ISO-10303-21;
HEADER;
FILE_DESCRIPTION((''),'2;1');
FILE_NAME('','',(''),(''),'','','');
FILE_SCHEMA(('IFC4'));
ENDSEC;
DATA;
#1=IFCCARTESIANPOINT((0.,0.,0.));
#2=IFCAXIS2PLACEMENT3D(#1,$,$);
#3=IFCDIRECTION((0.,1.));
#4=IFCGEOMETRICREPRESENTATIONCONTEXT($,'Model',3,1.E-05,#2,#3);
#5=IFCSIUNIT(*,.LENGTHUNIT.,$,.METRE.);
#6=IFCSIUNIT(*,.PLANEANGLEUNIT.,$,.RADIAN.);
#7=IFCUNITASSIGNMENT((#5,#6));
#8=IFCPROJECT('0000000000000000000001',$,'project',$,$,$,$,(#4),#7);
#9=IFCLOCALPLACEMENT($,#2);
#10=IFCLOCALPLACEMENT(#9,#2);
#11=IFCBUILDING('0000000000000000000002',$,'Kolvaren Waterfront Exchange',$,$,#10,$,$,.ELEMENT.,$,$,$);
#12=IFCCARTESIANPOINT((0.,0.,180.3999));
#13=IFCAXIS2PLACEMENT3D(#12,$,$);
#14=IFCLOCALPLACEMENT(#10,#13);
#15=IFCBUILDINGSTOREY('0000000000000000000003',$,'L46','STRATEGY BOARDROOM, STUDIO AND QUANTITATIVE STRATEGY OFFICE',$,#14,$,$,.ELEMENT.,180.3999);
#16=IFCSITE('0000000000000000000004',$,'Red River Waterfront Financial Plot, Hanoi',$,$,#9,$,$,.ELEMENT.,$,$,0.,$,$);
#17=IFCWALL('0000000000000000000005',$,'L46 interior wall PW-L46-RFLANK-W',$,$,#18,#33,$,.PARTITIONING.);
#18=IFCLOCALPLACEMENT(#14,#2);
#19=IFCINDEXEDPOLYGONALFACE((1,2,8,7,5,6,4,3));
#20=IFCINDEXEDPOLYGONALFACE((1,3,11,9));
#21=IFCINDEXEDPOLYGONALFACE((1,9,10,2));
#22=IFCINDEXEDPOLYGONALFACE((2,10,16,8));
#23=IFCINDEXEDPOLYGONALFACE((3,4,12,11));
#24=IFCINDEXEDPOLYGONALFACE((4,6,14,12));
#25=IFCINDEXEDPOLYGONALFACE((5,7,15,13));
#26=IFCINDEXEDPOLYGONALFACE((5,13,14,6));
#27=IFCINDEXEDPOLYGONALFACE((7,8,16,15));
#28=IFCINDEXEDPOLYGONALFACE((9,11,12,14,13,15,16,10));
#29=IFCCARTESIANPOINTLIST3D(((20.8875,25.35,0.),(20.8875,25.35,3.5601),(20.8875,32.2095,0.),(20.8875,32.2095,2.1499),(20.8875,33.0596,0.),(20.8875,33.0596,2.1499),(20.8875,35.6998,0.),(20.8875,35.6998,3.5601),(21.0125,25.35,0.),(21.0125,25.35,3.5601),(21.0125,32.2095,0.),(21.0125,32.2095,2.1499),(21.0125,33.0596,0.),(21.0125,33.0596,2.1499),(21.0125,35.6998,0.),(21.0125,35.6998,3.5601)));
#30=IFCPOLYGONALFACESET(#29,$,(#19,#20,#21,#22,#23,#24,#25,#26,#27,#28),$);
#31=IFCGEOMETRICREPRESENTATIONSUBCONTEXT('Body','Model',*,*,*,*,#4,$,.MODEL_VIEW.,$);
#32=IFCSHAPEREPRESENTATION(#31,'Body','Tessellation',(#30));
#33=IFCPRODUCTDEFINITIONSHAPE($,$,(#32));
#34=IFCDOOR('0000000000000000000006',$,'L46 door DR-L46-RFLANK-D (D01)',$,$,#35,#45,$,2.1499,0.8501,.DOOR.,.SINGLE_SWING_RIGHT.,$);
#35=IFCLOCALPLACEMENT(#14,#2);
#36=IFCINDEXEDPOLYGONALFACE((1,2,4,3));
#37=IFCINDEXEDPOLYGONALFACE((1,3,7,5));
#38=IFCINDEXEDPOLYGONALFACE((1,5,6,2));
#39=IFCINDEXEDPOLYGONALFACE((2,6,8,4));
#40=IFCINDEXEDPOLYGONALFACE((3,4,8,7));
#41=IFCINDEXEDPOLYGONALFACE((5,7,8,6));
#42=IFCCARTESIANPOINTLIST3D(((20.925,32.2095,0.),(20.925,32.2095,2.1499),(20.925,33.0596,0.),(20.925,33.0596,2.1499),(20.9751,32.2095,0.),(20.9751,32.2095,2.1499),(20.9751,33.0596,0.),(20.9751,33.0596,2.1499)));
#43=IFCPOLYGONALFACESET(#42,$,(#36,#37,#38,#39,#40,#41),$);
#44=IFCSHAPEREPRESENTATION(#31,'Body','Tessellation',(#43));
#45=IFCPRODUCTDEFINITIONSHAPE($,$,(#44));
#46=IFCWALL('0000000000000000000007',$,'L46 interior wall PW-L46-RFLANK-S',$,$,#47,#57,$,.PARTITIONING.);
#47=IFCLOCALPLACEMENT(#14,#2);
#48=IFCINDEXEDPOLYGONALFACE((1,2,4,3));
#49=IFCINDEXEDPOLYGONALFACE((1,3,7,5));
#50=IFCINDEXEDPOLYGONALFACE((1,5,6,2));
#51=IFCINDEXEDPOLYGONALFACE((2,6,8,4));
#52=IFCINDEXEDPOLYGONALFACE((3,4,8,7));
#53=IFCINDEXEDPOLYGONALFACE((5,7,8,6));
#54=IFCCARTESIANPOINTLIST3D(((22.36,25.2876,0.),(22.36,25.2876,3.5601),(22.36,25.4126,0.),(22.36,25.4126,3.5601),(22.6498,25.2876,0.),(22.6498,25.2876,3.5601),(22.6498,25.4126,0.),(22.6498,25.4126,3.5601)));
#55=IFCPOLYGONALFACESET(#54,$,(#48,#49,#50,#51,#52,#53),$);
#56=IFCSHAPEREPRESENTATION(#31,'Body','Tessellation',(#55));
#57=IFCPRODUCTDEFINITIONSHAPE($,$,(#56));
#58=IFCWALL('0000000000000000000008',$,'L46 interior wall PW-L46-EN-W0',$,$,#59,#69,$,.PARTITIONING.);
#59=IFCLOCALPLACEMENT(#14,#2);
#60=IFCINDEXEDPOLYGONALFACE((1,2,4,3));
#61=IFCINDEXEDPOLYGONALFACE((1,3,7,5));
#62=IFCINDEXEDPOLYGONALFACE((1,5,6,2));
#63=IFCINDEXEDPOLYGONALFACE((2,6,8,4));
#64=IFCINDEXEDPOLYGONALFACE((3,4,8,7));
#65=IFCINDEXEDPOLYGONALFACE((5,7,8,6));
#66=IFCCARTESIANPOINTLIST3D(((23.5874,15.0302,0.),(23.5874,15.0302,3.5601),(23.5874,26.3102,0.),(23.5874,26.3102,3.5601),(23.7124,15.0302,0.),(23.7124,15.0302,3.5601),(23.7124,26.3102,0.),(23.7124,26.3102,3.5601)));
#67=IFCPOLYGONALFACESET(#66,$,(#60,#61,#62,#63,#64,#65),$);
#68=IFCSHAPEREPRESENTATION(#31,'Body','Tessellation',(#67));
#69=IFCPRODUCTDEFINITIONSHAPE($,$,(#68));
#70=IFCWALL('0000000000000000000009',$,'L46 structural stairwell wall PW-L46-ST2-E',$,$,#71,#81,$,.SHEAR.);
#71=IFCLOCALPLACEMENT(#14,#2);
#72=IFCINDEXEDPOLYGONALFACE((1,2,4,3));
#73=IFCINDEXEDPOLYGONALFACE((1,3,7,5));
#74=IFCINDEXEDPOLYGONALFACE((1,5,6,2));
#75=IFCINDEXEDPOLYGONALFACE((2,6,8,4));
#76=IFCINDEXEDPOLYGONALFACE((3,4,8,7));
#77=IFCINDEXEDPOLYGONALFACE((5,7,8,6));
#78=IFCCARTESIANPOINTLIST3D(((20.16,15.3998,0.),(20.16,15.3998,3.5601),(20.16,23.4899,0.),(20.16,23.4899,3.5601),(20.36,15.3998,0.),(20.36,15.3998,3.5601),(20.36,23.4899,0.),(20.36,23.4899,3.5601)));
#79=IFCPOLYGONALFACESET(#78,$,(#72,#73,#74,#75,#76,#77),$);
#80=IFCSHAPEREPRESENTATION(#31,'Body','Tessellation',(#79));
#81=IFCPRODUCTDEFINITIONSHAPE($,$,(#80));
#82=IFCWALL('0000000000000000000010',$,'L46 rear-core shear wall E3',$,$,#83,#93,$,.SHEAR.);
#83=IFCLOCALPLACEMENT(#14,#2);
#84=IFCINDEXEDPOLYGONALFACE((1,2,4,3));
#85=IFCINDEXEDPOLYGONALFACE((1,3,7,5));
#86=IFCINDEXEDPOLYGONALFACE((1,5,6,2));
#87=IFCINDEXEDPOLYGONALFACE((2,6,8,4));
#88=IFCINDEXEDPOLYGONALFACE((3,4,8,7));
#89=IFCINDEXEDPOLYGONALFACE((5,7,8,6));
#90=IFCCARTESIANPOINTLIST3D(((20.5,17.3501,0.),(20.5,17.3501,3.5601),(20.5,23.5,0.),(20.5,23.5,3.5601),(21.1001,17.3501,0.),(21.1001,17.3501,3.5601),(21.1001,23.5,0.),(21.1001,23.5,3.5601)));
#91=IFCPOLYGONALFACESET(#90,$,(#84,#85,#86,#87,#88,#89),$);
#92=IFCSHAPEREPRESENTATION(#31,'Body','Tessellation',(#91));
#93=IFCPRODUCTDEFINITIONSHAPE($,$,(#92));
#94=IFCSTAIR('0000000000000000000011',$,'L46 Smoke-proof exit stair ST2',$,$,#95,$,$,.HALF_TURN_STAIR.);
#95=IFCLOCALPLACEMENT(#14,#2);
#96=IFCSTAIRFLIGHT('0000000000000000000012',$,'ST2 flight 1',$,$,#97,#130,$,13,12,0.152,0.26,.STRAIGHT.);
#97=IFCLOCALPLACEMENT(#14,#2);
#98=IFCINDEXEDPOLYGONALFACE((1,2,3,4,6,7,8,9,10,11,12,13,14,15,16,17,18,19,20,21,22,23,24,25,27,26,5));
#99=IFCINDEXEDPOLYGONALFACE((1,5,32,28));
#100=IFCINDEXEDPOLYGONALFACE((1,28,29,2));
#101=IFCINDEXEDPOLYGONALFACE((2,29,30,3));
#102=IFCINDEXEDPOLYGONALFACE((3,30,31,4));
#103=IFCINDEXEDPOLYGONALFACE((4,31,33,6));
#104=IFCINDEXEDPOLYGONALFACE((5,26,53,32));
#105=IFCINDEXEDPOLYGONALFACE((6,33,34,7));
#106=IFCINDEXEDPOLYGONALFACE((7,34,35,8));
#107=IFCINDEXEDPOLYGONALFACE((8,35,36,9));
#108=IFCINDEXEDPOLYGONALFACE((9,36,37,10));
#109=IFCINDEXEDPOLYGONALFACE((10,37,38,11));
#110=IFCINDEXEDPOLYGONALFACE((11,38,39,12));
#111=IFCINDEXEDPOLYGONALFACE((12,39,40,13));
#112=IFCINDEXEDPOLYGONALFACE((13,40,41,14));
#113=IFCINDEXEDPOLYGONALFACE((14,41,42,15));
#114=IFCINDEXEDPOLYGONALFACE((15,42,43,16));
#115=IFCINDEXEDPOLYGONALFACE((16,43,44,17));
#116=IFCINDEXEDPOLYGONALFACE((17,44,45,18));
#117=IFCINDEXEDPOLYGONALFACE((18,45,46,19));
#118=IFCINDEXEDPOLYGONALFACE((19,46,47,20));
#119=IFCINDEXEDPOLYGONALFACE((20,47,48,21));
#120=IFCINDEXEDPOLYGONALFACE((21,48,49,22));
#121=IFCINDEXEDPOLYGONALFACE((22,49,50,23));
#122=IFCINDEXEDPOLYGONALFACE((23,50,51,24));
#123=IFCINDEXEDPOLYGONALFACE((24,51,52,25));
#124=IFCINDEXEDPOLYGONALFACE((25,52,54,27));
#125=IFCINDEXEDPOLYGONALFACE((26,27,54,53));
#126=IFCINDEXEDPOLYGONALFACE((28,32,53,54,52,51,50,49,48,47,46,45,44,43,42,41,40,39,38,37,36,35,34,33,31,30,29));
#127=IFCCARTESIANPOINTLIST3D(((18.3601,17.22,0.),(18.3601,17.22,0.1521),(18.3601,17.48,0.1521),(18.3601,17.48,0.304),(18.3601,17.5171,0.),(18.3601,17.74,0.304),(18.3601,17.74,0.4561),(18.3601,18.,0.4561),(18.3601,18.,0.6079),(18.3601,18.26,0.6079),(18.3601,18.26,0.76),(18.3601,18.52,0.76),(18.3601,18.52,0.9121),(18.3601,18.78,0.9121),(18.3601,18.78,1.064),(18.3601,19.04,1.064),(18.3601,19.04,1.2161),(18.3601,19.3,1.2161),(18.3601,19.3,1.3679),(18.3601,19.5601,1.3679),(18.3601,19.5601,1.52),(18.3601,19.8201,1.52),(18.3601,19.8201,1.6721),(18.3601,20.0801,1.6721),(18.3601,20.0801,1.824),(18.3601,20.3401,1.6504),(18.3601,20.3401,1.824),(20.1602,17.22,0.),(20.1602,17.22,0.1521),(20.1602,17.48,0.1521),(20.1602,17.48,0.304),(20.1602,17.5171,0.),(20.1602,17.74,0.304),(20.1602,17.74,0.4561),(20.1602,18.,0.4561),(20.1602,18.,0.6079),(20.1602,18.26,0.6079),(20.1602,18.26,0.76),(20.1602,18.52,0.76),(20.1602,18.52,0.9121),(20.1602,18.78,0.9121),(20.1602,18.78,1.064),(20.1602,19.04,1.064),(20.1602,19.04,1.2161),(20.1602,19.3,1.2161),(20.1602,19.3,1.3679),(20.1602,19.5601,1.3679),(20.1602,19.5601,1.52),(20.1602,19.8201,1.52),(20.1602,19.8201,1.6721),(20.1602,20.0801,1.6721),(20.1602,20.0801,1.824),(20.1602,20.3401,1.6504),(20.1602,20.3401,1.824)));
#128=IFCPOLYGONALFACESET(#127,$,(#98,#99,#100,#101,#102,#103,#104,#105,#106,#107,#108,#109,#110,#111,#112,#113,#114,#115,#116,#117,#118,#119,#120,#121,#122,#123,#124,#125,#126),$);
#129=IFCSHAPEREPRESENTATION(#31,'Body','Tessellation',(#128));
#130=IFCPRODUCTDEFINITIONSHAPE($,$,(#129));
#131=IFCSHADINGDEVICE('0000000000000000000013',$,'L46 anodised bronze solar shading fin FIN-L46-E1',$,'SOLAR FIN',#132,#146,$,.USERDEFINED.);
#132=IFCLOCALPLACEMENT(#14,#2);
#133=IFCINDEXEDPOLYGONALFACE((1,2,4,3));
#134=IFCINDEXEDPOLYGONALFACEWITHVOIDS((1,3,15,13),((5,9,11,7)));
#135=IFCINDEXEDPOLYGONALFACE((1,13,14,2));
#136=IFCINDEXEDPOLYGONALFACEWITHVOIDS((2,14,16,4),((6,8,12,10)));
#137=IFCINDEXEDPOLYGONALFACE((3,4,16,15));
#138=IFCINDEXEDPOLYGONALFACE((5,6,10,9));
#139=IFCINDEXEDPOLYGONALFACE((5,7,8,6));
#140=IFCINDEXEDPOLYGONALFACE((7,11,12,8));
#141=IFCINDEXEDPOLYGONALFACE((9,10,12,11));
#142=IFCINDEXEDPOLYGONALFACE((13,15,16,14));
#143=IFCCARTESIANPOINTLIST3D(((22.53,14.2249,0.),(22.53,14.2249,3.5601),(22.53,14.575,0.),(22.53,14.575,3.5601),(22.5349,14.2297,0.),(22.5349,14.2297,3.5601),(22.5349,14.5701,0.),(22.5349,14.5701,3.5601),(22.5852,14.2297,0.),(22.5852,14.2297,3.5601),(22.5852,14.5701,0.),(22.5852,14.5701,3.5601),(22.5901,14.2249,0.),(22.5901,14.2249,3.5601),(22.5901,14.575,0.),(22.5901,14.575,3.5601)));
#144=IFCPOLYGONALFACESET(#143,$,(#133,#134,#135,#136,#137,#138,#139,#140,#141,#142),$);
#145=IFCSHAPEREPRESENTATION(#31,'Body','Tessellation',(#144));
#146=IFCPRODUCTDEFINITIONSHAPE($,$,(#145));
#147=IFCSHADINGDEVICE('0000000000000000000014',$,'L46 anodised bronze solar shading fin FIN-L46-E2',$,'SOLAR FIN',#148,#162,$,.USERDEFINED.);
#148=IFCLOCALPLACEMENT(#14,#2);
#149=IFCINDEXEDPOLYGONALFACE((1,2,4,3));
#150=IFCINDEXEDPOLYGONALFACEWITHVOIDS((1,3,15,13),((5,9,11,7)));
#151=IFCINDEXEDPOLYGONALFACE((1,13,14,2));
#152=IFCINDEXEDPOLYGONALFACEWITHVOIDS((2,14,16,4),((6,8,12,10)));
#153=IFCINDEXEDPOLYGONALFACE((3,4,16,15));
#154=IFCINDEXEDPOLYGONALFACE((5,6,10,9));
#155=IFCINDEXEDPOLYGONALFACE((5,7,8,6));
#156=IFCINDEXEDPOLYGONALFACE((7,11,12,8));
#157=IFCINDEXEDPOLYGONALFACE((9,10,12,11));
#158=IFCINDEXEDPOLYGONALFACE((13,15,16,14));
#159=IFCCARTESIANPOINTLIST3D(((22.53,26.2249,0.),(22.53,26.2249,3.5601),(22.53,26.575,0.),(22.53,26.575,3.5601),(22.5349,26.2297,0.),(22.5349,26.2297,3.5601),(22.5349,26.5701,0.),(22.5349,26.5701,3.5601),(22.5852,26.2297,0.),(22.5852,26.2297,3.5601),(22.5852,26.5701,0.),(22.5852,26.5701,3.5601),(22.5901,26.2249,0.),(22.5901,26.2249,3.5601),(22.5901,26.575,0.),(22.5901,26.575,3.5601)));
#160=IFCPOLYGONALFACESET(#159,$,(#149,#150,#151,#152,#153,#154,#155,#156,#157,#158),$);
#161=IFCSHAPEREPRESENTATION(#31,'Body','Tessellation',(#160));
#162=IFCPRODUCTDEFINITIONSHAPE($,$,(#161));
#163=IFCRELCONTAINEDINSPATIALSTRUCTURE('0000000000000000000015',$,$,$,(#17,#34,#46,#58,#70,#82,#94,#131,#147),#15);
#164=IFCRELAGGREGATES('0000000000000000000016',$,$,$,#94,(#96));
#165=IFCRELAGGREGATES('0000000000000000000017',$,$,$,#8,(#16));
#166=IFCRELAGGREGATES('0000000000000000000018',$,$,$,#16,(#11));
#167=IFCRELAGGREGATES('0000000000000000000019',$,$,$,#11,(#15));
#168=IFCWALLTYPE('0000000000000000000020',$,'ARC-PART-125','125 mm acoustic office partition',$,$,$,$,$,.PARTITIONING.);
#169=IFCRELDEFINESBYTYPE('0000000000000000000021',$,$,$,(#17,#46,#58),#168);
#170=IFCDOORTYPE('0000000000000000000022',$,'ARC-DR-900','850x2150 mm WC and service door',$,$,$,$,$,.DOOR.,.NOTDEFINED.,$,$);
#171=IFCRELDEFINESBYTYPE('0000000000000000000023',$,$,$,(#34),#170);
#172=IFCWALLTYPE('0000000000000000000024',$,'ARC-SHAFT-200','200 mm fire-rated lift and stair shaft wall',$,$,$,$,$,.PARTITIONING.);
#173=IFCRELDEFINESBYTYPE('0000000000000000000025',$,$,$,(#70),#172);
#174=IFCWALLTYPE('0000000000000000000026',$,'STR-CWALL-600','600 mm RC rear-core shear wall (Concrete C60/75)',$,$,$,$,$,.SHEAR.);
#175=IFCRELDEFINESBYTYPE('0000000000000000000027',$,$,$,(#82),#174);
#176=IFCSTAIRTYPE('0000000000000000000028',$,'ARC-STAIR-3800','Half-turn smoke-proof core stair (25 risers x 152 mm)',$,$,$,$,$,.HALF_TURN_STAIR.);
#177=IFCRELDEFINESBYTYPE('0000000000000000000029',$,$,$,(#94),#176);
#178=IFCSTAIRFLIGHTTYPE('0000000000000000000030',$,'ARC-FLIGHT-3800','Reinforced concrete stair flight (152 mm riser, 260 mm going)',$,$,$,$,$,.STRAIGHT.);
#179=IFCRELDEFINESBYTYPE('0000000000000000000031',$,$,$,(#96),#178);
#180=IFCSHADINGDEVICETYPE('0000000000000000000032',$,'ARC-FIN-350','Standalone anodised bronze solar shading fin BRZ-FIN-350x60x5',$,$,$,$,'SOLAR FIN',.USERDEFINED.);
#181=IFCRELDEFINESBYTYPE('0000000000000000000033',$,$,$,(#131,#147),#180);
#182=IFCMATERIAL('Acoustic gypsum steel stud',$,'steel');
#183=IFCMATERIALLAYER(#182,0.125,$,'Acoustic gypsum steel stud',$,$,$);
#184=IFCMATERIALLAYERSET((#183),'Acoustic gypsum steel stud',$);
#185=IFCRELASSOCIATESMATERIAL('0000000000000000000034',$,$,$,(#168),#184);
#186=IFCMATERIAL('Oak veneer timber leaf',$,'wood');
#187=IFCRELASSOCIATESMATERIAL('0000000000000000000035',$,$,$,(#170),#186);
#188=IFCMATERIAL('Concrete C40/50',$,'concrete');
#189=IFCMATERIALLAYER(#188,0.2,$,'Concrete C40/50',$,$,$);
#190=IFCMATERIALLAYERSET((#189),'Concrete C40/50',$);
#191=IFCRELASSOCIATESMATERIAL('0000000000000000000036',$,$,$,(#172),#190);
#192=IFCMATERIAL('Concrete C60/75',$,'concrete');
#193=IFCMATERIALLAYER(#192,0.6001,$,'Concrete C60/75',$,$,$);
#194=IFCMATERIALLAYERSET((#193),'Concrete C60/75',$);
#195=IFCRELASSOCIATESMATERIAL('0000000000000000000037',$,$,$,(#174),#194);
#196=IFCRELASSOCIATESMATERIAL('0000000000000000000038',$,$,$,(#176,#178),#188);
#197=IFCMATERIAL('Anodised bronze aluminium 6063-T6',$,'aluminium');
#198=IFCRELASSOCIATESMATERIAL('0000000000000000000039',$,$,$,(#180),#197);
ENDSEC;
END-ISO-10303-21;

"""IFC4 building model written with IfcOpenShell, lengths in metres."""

from ifc_helpers import new_model, si_unit, direction, frame, frame_2d, origin, origin_2d, place, context, subcontext, project, spatial, polyline, rectangle, hollow_rectangle, outline, extrude, material, layer, layer_set, material_profile, profile_set, type_object, element, fill, aggregate, save


model = new_model("IFC4")

# Units and contexts
model_context = context("Model", 3, precision=1e-05, world=origin(), true_north=direction((0.0, 1.0)))
body_context = subcontext(model_context, "Body", "Model", "MODEL_VIEW")
ifc_project = project(units=[si_unit("LENGTHUNIT", "METRE"), si_unit("PLANEANGLEUNIT", "RADIAN")], contexts=[model_context])

# Site, building, storey
site_placement = place(None, origin())
site = spatial("IfcSite", under=ifc_project, at=site_placement, Name="Red River Waterfront Financial Plot, Hanoi", CompositionType="ELEMENT", RefElevation=0.0)
building_placement = place(site_placement, origin())
building = spatial("IfcBuilding", under=site, at=building_placement, Name="Kolvaren Waterfront Exchange", CompositionType="ELEMENT")
storey_placement = place(building_placement, frame((0.0, 0.0, 180.3999)))
storey = spatial("IfcBuildingStorey", under=building, at=storey_placement, Name="L46", Description="STRATEGY BOARDROOM, STUDIO AND QUANTITATIVE STRATEGY OFFICE", CompositionType="ELEMENT", Elevation=180.3999)

# Shared definitions
ifc_material_1 = material(Name="Concrete C60/75", Category="concrete")

# Shared definitions
ifc_material_2 = material(Name="Anodised bronze aluminium 6063-T6", Category="aluminium")

# Wall, opening, door
ifc_material_3 = material(Name="Acoustic gypsum steel stud", Category="steel")
ifc_layer_1 = layer(ifc_material_3, 0.125, Name="Acoustic gypsum steel stud")
ifc_layer_set_1 = layer_set([ifc_layer_1], Name="Acoustic gypsum steel stud")
wall_type_1 = type_object("IfcWallType", Name="ARC-PART-125", Description="125 mm acoustic office partition", PredefinedType="PARTITIONING", material=ifc_layer_set_1)
wall_1_placement = place(storey_placement, frame((20.95, 25.3501, 0.0), z_axis=(0.0, 0.0, 1.0), x_axis=(0.0, 1.0, 0.0)))
wall_1 = element("IfcWall", 1, at=wall_1_placement, inside=storey, type_object=wall_type_1, Name="L46 interior wall PW-L46-RFLANK-W", PredefinedType="PARTITIONING", context=body_context, shape_type="SweptSolid", body=[
    extrude(rectangle(XDim=10.3499, YDim=0.125, at=frame_2d((5.1748, 0.0))), origin(), (0.0, 0.0, 1.0), 3.5601),
])
opening_1_placement = place(wall_1_placement, frame((6.8594, 0.0, 0.0)))
opening_1 = element("IfcOpeningElement", 2, at=opening_1_placement, cuts=wall_1, PredefinedType="OPENING", context=body_context, shape_type="SweptSolid", body=[
    extrude(rectangle(XDim=0.8501, YDim=2.1499, at=frame_2d((0.425, 1.075))), frame((0.0, 0.0725, 0.0), z_axis=(0.0, -1.0, 0.0), x_axis=(1.0, 0.0, 0.0)), (0.0, 0.0, 1.0), 0.145),
])
ifc_material_4 = material(Name="Oak veneer timber leaf", Category="wood")
door_type_1 = type_object("IfcDoorType", Name="ARC-DR-900", Description="850x2150 mm WC and service door", OperationType="NOTDEFINED", PredefinedType="DOOR", material=ifc_material_4)
door_1_placement = place(opening_1_placement, origin())
door_1 = element("IfcDoor", 3, at=door_1_placement, inside=storey, type_object=door_type_1, Name="L46 door DR-L46-RFLANK-D (D01)", OperationType="SINGLE_SWING_RIGHT", OverallHeight=2.1499, OverallWidth=0.8501, PredefinedType="DOOR", context=body_context, shape_type="SweptSolid", body=[
    extrude(rectangle(XDim=0.8501, YDim=2.1499, at=frame_2d((0.425, 1.075))), frame((0.0, 0.0249, 0.0), z_axis=(0.0, -1.0, 0.0), x_axis=(1.0, 0.0, 0.0)), (0.0, 0.0, 1.0), 0.05),
])
fill(opening_1, door_1)

# Walls
wall_2_placement = place(storey_placement, frame((22.6499, 25.3501, 0.0), z_axis=(0.0, 0.0, 1.0), x_axis=(-1.0, 0.0, 0.0)))
element("IfcWall", 4, at=wall_2_placement, inside=storey, type_object=wall_type_1, Name="L46 interior wall PW-L46-RFLANK-S", PredefinedType="PARTITIONING", context=body_context, shape_type="SweptSolid", body=[
    extrude(rectangle(XDim=0.2898, YDim=0.125, at=frame_2d((0.145, 0.0))), origin(), (0.0, 0.0, 1.0), 3.5601),
])
wall_3_placement = place(storey_placement, frame((23.6499, 15.03, 0.0), z_axis=(0.0, 0.0, 1.0), x_axis=(0.0, 1.0, 0.0)))
element("IfcWall", 5, at=wall_3_placement, inside=storey, type_object=wall_type_1, Name="L46 interior wall PW-L46-EN-W0", PredefinedType="PARTITIONING", context=body_context, shape_type="SweptSolid", body=[
    extrude(rectangle(XDim=11.28, YDim=0.125, at=frame_2d((5.6401, 0.0))), origin(), (0.0, 0.0, 1.0), 3.5601),
])
ifc_material_5 = material(Name="Concrete C40/50", Category="concrete")
ifc_layer_2 = layer(ifc_material_5, 0.2, Name="Concrete C40/50")
ifc_layer_set_2 = layer_set([ifc_layer_2], Name="Concrete C40/50")
wall_type_2 = type_object("IfcWallType", Name="ARC-SHAFT-200", Description="200 mm fire-rated lift and stair shaft wall", PredefinedType="PARTITIONING", material=ifc_layer_set_2)
wall_4_placement = place(storey_placement, frame((20.26, 15.3999, 0.0), z_axis=(0.0, 0.0, 1.0), x_axis=(0.0, 1.0, 0.0)))
element("IfcWall", 6, at=wall_4_placement, inside=storey, type_object=wall_type_2, Name="L46 structural stairwell wall PW-L46-ST2-E", PredefinedType="SHEAR", context=body_context, shape_type="SweptSolid", body=[
    extrude(rectangle(XDim=8.0901, YDim=0.2, at=frame_2d((4.0449, 0.0))), origin(), (0.0, 0.0, 1.0), 3.5601),
])
ifc_layer_3 = layer(ifc_material_1, 0.6001, Name="Concrete C60/75")
ifc_layer_set_3 = layer_set([ifc_layer_3], Name="Concrete C60/75")
wall_type_3 = type_object("IfcWallType", Name="STR-CWALL-600", Description="600 mm RC rear-core shear wall (Concrete C60/75)", PredefinedType="SHEAR", material=ifc_layer_set_3)
wall_5_placement = place(storey_placement, frame((20.8, 17.3501, 0.0), z_axis=(0.0, 0.0, 1.0), x_axis=(0.0, 1.0, 0.0)))
element("IfcWall", 7, at=wall_5_placement, inside=storey, type_object=wall_type_3, Name="L46 rear-core shear wall E3", PredefinedType="SHEAR", context=body_context, shape_type="SweptSolid", body=[
    extrude(rectangle(XDim=6.1499, YDim=0.6001, at=frame_2d((3.075, 0.0))), origin(), (0.0, 0.0, 1.0), 3.5601),
])

# Stair, stair flight
stair_type = type_object("IfcStairType", Name="ARC-STAIR-3800", Description="Half-turn smoke-proof core stair (25 risers x 152 mm)", PredefinedType="HALF_TURN_STAIR", material=ifc_material_5)
stair_placement = place(storey_placement, origin())
stair = element("IfcStair", 8, at=stair_placement, inside=storey, type_object=stair_type, Name="L46 Smoke-proof exit stair ST2", PredefinedType="HALF_TURN_STAIR")
stair_flight_type = type_object("IfcStairFlightType", Name="ARC-FLIGHT-3800", Description="Reinforced concrete stair flight (152 mm riser, 260 mm going)", PredefinedType="STRAIGHT", material=ifc_material_5)
stair_flight_placement = place(storey_placement, frame((19.26, 17.22, 0.0), z_axis=(0.0, 0.0, 1.0), x_axis=(0.0, 1.0, 0.0)))
stair_flight = element("IfcStairFlight", 9, at=stair_flight_placement, type_object=stair_flight_type, Name="ST2 flight 1", NumberOfRisers=13, NumberOfTreads=12, PredefinedType="STRAIGHT", RiserHeight=0.152, TreadLength=0.26, context=body_context, shape_type="SweptSolid", body=[
    extrude(outline(polyline([(0.0, 0.0), (0.0, 0.1521), (0.26, 0.1521), (0.26, 0.304), (0.52, 0.304), (0.52, 0.4561), (0.78, 0.4561), (0.78, 0.6079), (1.04, 0.6079), (1.04, 0.76), (1.3, 0.76), (1.3, 0.9121), (1.5601, 0.9121), (1.5601, 1.064), (1.8201, 1.064), (1.8201, 1.2161), (2.0801, 1.2161), (2.0801, 1.3679), (2.3401, 1.3679), (2.3401, 1.52), (2.6001, 1.52), (2.6001, 1.6721), (2.8601, 1.6721), (2.8601, 1.824), (3.1201, 1.824), (3.1201, 1.9761), (3.1201, 1.6504), (0.2971, 0.0), (0.0, 0.0)])), frame((0.0, 0.8999, 0.0), z_axis=(0.0, -1.0, 0.0), x_axis=(1.0, 0.0, 0.0)), (0.0, 0.0, 1.0), 1.8),
])
aggregate(stair, [stair_flight])

# Shading devices
ifc_material_profile_1 = material_profile(ifc_material_2, hollow_rectangle(XDim=0.0601, YDim=0.3501, WallThickness=0.0049, at=origin_2d()), Name="BRZ-FIN-350x60x5")
ifc_profile_set_1 = profile_set([ifc_material_profile_1], Name="Anodised bronze aluminium 6063-T6")
shading_device_type = type_object("IfcShadingDeviceType", Name="ARC-FIN-350", Description="Standalone anodised bronze solar shading fin BRZ-FIN-350x60x5", ElementType="SOLAR FIN", PredefinedType="USERDEFINED", material=ifc_profile_set_1)
for number, where, z_axis, x_axis, name in (
    (10, (22.5601, 14.3999, 0.0), (0.0, 0.0, 1.0), (1.0, 0.0, 0.0), "L46 anodised bronze solar shading fin FIN-L46-E1"),
    (11, (22.5601, 26.3999, 0.0), (0.0, 0.0, 1.0), (1.0, 0.0, 0.0), "L46 anodised bronze solar shading fin FIN-L46-E2"),
):
    element("IfcShadingDevice", number, at=place(storey_placement, frame(where, z_axis=z_axis, x_axis=x_axis)), inside=storey, type_object=shading_device_type, Name=name, ObjectType="SOLAR FIN", PredefinedType="USERDEFINED", context=body_context, shape_type="SweptSolid", body=[
        extrude(hollow_rectangle(XDim=0.0601, YDim=0.3501, WallThickness=0.0049, at=origin_2d()), origin(), (0.0, 0.0, 1.0), 3.5601),
    ])

save(model, "model.ifc")
